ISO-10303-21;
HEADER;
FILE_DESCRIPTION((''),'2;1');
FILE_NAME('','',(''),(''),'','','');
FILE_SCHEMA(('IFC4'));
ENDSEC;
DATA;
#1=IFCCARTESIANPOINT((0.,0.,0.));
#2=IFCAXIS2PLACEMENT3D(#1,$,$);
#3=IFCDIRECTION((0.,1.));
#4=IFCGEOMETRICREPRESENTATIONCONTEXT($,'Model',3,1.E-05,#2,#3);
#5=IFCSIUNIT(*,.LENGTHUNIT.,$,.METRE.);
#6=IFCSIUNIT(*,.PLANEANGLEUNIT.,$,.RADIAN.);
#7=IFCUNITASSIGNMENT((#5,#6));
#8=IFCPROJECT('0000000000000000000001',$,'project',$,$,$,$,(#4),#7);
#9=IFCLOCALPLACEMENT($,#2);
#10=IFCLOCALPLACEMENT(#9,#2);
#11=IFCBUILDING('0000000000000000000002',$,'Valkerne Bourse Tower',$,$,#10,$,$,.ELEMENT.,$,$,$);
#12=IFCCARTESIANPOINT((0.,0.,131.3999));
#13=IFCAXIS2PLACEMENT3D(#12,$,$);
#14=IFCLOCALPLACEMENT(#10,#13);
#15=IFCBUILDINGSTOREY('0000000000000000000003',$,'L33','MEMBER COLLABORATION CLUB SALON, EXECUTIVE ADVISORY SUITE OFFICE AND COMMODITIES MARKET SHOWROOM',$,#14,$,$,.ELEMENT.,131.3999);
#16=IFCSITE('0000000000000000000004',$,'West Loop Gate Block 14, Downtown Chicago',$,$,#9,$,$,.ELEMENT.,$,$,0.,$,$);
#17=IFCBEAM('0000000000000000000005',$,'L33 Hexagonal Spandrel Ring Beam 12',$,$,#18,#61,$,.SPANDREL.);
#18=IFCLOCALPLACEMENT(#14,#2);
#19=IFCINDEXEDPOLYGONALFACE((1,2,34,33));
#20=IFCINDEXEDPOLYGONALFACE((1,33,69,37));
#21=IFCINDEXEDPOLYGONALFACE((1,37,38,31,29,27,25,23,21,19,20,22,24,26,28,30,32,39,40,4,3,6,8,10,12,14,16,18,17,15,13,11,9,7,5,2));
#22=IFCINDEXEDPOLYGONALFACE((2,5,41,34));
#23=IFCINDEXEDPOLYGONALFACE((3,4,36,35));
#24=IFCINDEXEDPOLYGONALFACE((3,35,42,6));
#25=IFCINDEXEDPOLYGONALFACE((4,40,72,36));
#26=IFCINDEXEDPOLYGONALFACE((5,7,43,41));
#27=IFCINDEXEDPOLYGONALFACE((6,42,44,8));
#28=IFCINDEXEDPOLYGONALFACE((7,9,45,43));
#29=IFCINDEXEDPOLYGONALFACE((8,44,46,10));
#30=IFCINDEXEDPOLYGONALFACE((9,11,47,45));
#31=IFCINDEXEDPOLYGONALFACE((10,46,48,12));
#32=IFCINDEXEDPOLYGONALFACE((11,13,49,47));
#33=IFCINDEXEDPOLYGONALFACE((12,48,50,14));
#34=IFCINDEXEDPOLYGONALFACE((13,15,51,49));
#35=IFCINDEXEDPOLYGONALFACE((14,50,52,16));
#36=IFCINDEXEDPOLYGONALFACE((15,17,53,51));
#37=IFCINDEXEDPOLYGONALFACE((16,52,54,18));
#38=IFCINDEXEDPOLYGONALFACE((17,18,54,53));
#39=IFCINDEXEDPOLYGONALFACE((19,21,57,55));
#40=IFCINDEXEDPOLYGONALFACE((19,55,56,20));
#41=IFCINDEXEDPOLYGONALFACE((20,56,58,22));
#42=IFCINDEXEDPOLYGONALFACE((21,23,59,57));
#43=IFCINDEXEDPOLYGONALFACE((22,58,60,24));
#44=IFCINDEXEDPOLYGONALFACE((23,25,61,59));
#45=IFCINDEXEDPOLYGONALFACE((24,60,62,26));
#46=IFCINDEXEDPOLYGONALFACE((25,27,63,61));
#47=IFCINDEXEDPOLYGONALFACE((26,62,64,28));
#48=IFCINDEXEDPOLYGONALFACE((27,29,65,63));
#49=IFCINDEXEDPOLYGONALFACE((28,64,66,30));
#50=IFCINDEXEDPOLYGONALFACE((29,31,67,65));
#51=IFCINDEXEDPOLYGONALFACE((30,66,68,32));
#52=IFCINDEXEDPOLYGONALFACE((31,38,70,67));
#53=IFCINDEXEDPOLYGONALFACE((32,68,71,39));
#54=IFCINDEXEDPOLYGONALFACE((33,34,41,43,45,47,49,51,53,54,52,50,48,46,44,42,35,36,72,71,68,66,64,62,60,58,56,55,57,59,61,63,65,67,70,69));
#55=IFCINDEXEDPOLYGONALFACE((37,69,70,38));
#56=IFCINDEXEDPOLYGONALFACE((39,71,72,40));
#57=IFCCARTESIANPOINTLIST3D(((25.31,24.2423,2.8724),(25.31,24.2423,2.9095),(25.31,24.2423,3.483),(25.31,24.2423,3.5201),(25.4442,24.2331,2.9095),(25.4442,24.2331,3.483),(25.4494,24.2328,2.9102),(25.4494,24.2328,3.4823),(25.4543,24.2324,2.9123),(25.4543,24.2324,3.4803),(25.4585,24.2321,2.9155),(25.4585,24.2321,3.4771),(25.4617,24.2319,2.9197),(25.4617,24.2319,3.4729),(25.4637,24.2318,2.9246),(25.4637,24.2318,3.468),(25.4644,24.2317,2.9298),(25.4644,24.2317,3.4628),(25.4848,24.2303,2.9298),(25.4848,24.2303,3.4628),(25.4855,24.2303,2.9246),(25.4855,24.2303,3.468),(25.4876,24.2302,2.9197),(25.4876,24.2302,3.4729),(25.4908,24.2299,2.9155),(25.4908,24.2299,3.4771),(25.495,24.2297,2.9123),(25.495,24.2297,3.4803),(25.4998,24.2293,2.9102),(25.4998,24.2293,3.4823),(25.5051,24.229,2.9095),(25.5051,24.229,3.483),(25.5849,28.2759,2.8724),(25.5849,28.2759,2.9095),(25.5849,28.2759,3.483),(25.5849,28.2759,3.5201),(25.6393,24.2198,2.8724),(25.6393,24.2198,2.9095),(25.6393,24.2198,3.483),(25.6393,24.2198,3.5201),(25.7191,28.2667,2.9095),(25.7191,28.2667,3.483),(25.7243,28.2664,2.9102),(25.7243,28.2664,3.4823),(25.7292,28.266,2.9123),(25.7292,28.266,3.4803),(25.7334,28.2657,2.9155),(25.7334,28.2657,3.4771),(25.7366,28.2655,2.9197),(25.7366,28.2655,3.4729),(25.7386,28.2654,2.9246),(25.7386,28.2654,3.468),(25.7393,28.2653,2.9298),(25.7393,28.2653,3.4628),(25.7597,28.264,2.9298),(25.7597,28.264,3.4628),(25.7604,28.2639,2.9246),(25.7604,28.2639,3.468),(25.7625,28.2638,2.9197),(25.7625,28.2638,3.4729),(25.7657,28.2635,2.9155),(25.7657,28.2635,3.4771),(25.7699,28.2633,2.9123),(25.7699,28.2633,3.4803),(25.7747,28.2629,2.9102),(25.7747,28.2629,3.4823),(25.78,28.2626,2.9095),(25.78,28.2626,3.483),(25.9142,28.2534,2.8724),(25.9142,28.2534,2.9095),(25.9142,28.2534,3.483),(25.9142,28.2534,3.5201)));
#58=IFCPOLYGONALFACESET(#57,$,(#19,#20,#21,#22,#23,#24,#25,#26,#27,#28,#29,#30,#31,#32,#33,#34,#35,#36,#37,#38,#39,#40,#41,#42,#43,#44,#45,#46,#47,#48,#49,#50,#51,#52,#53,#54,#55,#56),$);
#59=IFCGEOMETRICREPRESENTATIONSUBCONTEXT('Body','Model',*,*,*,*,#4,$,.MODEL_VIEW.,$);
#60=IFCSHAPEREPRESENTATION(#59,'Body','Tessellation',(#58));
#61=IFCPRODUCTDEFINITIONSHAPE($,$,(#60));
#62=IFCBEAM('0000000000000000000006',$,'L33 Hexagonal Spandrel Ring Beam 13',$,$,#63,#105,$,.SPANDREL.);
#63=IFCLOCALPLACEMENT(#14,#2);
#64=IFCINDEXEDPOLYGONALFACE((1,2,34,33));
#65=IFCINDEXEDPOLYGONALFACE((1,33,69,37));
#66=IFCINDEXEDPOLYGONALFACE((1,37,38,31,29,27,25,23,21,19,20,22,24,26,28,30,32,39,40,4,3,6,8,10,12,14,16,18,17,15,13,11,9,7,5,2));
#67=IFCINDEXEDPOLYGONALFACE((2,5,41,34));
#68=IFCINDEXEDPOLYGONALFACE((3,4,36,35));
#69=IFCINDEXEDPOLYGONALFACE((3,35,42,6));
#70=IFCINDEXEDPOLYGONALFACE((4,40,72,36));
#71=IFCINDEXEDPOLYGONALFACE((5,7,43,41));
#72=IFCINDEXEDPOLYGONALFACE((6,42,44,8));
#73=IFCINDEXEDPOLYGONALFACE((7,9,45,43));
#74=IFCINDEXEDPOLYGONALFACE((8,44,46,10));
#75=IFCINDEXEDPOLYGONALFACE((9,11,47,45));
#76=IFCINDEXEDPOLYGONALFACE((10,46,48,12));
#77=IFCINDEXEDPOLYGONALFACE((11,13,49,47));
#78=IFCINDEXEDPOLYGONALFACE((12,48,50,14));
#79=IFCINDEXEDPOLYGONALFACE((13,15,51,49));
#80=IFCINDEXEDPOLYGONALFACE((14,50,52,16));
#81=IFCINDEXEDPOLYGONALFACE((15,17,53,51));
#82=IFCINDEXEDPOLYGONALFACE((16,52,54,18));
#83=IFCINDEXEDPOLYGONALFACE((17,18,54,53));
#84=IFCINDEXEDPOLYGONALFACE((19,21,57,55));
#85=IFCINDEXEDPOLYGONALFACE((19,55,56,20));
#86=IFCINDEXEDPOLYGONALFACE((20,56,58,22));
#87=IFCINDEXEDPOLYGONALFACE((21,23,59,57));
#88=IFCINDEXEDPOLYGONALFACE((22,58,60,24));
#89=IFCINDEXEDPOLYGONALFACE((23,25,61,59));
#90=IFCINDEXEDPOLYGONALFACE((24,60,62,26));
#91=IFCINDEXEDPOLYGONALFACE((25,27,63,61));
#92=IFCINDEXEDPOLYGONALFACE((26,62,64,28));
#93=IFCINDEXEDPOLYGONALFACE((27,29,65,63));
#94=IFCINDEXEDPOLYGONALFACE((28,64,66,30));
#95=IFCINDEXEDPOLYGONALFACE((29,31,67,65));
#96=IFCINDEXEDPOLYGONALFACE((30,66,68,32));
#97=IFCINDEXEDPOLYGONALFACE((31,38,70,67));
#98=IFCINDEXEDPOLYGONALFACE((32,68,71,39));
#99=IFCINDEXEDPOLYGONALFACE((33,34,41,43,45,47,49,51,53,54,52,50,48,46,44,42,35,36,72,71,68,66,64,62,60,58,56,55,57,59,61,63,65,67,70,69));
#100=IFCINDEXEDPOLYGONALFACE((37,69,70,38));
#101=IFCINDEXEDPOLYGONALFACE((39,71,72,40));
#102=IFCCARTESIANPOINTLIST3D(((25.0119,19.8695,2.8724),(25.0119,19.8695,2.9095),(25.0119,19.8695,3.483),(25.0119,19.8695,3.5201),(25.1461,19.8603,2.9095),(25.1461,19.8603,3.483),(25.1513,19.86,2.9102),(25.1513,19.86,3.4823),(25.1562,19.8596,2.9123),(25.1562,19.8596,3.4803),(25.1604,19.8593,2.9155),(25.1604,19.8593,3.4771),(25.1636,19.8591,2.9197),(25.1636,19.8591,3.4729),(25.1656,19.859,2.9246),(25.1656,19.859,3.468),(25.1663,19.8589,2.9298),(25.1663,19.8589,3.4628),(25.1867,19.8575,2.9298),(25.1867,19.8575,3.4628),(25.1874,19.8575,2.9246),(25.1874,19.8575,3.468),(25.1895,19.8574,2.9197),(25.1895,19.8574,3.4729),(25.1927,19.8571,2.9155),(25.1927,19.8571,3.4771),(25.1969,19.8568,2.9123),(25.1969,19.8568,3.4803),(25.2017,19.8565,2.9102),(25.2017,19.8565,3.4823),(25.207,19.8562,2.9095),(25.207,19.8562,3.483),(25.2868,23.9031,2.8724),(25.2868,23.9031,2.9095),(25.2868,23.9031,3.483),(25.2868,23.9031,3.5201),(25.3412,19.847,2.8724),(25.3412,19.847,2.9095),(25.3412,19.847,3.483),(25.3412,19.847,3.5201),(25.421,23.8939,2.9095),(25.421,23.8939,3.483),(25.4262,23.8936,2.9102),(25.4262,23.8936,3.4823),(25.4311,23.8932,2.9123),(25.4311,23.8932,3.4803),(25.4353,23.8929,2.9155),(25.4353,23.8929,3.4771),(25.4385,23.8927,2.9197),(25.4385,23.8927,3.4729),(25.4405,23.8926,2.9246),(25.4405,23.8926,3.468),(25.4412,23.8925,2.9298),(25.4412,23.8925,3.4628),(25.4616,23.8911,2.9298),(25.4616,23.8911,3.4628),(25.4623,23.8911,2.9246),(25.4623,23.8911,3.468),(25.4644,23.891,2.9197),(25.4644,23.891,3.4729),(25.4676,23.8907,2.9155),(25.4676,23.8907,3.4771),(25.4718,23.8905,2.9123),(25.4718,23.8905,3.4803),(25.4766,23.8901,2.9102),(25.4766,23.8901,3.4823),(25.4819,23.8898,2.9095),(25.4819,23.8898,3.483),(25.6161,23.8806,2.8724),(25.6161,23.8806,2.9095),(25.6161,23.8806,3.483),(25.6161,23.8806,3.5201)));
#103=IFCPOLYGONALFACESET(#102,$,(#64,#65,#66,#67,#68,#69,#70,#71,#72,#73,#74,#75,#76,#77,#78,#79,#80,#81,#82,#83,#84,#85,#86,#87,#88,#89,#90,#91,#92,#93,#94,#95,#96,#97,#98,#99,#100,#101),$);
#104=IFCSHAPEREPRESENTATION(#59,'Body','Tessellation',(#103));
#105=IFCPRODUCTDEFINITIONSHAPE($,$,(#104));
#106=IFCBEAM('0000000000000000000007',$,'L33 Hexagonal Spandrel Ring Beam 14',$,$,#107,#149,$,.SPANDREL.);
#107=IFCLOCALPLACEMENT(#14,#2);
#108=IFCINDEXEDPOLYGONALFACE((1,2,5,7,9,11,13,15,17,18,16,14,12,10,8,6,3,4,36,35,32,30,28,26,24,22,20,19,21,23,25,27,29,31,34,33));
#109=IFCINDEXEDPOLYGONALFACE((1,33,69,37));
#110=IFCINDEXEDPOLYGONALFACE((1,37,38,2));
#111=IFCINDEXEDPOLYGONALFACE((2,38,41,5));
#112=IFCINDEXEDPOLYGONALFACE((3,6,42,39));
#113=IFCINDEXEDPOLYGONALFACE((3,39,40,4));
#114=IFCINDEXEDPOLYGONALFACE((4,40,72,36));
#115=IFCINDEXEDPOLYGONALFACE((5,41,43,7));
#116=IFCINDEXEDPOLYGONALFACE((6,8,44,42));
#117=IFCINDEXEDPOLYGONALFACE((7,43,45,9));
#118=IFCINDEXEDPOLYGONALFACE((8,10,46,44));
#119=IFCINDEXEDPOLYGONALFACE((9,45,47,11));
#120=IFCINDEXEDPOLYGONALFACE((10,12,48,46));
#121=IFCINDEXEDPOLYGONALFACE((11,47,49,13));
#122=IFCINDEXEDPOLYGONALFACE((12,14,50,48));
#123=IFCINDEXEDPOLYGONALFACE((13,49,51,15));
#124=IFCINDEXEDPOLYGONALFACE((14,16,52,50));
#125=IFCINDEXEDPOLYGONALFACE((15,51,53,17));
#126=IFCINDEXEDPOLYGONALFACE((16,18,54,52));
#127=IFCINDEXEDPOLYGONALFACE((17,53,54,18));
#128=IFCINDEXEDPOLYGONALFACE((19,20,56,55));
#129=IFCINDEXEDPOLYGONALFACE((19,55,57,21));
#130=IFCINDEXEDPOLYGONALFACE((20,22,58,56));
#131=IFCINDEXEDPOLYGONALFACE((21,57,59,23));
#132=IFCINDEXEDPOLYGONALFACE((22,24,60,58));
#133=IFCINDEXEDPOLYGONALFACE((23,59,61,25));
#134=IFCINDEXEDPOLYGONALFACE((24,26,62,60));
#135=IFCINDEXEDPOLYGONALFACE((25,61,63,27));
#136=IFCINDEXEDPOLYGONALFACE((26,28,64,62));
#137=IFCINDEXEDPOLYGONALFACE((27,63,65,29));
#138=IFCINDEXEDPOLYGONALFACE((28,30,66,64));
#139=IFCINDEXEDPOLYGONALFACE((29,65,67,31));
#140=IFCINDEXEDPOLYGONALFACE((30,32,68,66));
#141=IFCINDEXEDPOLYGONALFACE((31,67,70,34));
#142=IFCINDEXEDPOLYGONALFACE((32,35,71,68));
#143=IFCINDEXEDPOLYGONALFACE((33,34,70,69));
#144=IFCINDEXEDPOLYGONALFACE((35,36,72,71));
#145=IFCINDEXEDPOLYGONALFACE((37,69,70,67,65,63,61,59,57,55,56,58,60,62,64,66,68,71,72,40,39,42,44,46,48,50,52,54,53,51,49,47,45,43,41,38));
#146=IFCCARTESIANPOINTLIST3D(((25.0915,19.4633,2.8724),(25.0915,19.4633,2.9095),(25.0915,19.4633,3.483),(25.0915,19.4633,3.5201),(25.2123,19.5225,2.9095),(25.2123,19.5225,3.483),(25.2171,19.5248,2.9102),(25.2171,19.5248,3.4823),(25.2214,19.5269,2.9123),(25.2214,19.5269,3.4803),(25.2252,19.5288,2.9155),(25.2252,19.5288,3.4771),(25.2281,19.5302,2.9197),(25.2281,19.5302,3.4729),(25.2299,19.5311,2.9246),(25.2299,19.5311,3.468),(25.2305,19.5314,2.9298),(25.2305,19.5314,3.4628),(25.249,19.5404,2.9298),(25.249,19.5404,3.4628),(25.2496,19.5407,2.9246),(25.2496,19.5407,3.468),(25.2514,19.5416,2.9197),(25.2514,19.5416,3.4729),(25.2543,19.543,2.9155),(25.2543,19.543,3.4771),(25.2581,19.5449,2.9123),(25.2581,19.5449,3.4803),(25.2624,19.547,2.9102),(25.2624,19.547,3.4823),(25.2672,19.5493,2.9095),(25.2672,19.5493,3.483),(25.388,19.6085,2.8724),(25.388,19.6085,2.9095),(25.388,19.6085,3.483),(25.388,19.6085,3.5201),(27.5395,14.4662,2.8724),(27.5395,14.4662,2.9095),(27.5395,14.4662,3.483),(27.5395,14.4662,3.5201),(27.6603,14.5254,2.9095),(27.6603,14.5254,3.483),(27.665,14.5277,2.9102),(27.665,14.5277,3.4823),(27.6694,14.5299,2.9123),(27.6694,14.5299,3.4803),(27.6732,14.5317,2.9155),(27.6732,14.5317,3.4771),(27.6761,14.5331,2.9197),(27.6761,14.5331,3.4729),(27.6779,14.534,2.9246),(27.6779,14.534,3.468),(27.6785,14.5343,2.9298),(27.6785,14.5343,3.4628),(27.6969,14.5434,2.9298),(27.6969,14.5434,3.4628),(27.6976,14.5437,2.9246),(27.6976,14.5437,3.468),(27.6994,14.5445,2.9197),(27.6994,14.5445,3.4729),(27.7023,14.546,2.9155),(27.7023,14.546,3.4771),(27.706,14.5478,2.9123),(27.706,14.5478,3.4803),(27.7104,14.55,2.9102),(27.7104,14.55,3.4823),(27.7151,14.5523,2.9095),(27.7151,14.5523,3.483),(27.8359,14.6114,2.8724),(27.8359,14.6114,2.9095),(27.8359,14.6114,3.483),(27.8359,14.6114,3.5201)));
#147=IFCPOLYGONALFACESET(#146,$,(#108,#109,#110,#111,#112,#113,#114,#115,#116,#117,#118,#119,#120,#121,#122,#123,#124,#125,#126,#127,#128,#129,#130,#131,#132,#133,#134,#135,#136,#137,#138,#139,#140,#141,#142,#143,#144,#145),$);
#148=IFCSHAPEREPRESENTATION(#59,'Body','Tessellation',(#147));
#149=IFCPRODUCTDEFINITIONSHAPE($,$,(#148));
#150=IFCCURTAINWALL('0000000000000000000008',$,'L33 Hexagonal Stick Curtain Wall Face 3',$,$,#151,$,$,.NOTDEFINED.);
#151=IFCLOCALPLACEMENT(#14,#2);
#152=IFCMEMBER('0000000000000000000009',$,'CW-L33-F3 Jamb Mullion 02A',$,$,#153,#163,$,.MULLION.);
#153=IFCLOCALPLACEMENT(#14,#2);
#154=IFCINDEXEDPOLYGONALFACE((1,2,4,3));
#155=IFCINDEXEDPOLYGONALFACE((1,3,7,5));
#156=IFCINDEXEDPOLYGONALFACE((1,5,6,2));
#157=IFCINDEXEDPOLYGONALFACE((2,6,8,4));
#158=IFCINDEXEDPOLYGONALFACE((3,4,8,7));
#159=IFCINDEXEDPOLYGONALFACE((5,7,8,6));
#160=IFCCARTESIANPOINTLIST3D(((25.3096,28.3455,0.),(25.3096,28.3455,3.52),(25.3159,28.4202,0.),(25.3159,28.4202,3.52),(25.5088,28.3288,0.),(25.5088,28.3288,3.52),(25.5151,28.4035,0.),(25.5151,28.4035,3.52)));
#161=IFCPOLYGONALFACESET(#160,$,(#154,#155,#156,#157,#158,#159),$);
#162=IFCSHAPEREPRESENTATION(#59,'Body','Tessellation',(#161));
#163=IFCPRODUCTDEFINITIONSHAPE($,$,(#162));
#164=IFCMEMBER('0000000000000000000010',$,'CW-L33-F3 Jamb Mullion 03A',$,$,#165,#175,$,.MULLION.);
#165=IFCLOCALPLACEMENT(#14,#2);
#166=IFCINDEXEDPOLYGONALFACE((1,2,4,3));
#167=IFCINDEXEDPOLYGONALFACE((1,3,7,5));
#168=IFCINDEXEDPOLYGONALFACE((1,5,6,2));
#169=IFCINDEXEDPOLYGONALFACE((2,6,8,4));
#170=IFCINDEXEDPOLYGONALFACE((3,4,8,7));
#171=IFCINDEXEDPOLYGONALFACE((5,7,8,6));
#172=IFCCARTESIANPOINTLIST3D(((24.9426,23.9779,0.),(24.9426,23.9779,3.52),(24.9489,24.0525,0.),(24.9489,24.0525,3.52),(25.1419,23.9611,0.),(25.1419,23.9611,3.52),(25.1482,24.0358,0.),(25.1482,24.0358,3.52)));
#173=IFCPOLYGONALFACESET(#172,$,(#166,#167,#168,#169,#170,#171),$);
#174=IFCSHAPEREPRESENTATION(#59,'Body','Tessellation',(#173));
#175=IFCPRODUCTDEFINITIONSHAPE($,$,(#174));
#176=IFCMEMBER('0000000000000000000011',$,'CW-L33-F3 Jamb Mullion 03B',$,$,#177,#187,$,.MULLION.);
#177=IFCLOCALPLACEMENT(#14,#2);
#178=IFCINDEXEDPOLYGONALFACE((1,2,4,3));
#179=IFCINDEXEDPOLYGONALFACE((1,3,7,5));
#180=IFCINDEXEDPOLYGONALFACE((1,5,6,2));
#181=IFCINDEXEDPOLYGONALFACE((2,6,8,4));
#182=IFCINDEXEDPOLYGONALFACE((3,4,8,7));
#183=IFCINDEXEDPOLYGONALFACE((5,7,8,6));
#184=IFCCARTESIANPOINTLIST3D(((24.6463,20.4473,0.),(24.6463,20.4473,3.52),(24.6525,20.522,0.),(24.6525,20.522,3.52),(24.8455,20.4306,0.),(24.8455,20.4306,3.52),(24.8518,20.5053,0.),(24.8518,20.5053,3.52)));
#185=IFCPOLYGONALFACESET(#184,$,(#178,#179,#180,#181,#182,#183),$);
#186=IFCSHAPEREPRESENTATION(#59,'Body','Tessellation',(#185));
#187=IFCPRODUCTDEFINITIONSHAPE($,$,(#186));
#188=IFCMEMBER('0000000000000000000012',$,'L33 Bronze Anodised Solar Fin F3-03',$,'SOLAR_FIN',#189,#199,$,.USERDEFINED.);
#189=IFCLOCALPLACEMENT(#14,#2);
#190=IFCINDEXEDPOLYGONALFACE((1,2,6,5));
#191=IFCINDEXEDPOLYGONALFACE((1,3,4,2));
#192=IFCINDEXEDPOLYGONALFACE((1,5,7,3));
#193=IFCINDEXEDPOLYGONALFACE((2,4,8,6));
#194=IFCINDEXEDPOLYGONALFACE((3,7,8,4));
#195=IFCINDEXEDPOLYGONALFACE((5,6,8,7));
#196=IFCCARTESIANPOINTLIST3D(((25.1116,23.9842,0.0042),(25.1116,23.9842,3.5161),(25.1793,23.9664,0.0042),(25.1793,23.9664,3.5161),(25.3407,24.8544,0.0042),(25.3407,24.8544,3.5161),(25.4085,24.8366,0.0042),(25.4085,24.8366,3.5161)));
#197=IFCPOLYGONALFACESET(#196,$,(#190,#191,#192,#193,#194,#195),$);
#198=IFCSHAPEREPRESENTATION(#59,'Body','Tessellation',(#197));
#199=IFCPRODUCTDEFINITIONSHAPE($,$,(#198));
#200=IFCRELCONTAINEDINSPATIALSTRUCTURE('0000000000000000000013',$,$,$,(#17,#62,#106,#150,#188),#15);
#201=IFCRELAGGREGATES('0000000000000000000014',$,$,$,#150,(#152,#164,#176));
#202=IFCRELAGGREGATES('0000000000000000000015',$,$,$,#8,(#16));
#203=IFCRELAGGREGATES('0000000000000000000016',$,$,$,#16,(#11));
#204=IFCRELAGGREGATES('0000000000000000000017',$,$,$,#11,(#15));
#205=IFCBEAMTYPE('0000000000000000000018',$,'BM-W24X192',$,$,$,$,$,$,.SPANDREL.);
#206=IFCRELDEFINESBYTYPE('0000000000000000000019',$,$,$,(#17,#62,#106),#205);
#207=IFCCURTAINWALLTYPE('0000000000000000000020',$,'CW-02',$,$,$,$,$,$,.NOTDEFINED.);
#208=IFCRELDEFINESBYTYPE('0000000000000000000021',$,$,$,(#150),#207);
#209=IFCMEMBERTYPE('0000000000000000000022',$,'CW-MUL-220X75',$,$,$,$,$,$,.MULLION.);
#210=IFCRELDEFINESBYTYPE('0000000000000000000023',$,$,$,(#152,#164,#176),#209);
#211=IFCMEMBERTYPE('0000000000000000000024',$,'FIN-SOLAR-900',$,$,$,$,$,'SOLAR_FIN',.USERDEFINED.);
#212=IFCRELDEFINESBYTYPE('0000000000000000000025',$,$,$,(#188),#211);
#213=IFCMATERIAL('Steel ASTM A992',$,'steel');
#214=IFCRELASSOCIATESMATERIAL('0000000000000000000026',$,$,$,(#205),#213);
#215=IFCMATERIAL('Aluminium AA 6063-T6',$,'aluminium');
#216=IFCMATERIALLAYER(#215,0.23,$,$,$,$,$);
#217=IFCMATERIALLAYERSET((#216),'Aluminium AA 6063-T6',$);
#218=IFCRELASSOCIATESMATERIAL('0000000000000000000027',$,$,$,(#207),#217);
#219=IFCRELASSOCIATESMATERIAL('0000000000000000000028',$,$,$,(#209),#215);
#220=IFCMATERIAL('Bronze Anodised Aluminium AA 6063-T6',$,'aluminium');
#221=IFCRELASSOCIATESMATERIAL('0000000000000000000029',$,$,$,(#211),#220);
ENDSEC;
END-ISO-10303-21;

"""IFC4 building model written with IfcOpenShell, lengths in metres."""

from ifc_helpers import new_model, si_unit, direction, frame, origin, origin_2d, place, context, subcontext, project, spatial, rectangle, i_section, extrude, material, layer, layer_set, material_profile, profile_set, type_object, element, aggregate, save


model = new_model("IFC4")

# Units and contexts
model_context = context("Model", 3, precision=1e-05, world=origin(), true_north=direction((0.0, 1.0)))
body_context = subcontext(model_context, "Body", "Model", "MODEL_VIEW")
ifc_project = project(units=[si_unit("LENGTHUNIT", "METRE"), si_unit("PLANEANGLEUNIT", "RADIAN")], contexts=[model_context])

# Site, building, storey
site_placement = place(None, origin())
site = spatial("IfcSite", under=ifc_project, at=site_placement, Name="West Loop Gate Block 14, Downtown Chicago", CompositionType="ELEMENT", RefElevation=0.0)
building_placement = place(site_placement, origin())
building = spatial("IfcBuilding", under=site, at=building_placement, Name="Valkerne Bourse Tower", CompositionType="ELEMENT")
storey_placement = place(building_placement, frame((0.0, 0.0, 131.3999)))
storey = spatial("IfcBuildingStorey", under=building, at=storey_placement, Name="L33", Description="MEMBER COLLABORATION CLUB SALON, EXECUTIVE ADVISORY SUITE OFFICE AND COMMODITIES MARKET SHOWROOM", CompositionType="ELEMENT", Elevation=131.3999)

# Beams
ifc_material_1 = material(Name="Steel ASTM A992", Category="steel")
ifc_material_profile_1 = material_profile(ifc_material_1, i_section(OverallWidth=0.3301, OverallDepth=0.6477, WebThickness=0.0205, FlangeThickness=0.0371, FilletRadius=0.0203, at=origin_2d()), Name="W24X192")
ifc_profile_set_1 = profile_set([ifc_material_profile_1], Name="Steel ASTM A992")
beam_type_1 = type_object("IfcBeamType", Name="BM-W24X192", PredefinedType="SPANDREL", material=ifc_profile_set_1)
for number, where, z_axis, x_axis, name in (
    (1, (25.7495, 28.2646, 3.1963), (-0.067994, -0.997686, 0.0), (0.997686, -0.067994, 0.0), "L33 Hexagonal Spandrel Ring Beam 12"),
    (2, (25.4514, 23.8918, 3.1963), (-0.067994, -0.997686, 0.0), (0.997686, -0.067994, 0.0), "L33 Hexagonal Spandrel Ring Beam 13"),
):
    element("IfcBeam", number, at=place(storey_placement, frame(where, z_axis=z_axis, x_axis=x_axis)), inside=storey, type_object=beam_type_1, Name=name, PredefinedType="SPANDREL", context=body_context, shape_type="SweptSolid", body=[
        extrude(i_section(OverallWidth=0.3301, OverallDepth=0.6477, WebThickness=0.0205, FlangeThickness=0.0371, FilletRadius=0.0203, at=origin_2d()), origin(), (0.0, 0.0, 1.0), 4.043),
    ])
beam_1_placement = place(storey_placement, frame((25.2397, 19.5359, 3.1963), z_axis=(0.439933, -0.898031, 0.0), x_axis=(0.898031, 0.439933, 0.0)))
element("IfcBeam", 3, at=beam_1_placement, inside=storey, type_object=beam_type_1, Name="L33 Hexagonal Spandrel Ring Beam 14", PredefinedType="SPANDREL", context=body_context, shape_type="SweptSolid", body=[
    extrude(i_section(OverallWidth=0.3301, OverallDepth=0.6477, WebThickness=0.0205, FlangeThickness=0.0371, FilletRadius=0.0203, at=origin_2d()), origin(), (0.0, 0.0, 1.0), 5.5645),
])

# Curtain wall, members
ifc_material_2 = material(Name="Aluminium AA 6063-T6", Category="aluminium")
ifc_layer_1 = layer(ifc_material_2, 0.23)
ifc_layer_set_1 = layer_set([ifc_layer_1], Name="Aluminium AA 6063-T6")
curtain_wall_type = type_object("IfcCurtainWallType", Name="CW-02", PredefinedType="NOTDEFINED", material=ifc_layer_set_1)
curtain_wall_placement = place(storey_placement, origin())
curtain_wall = element("IfcCurtainWall", 4, at=curtain_wall_placement, inside=storey, type_object=curtain_wall_type, Name="L33 Hexagonal Stick Curtain Wall Face 3", PredefinedType="NOTDEFINED")
ifc_material_profile_2 = material_profile(ifc_material_2, rectangle(XDim=0.075, YDim=0.2, at=origin_2d()), Name="CWM-75X200")
ifc_profile_set_2 = profile_set([ifc_material_profile_2], Name="Aluminium AA 6063-T6")
member_type_1 = type_object("IfcMemberType", Name="CW-MUL-220X75", PredefinedType="MULLION", material=ifc_profile_set_2)
member_1_placement = place(storey_placement, frame((25.4124, 28.3745, 0.0), z_axis=(0.0, 0.0, 1.0), x_axis=(-0.083663, -0.996494, 0.0)))
member_1 = element("IfcMember", 5, at=member_1_placement, type_object=member_type_1, Name="CW-L33-F3 Jamb Mullion 02A", PredefinedType="MULLION", context=body_context, shape_type="SweptSolid", body=[
    extrude(rectangle(XDim=0.075, YDim=0.2, at=origin_2d()), origin(), (0.0, 0.0, 1.0), 3.52),
])
member_2_placement = place(storey_placement, frame((25.0454, 24.0068, 0.0), z_axis=(0.0, 0.0, 1.0), x_axis=(-0.083687, -0.996492, 0.0)))
member_2 = element("IfcMember", 6, at=member_2_placement, type_object=member_type_1, Name="CW-L33-F3 Jamb Mullion 03A", PredefinedType="MULLION", context=body_context, shape_type="SweptSolid", body=[
    extrude(rectangle(XDim=0.075, YDim=0.2, at=origin_2d()), origin(), (0.0, 0.0, 1.0), 3.52),
])
member_3_placement = place(storey_placement, frame((24.749, 20.4763, 0.0), z_axis=(0.0, 0.0, 1.0), x_axis=(-0.083687, -0.996492, 0.0)))
member_3 = element("IfcMember", 7, at=member_3_placement, type_object=member_type_1, Name="CW-L33-F3 Jamb Mullion 03B", PredefinedType="MULLION", context=body_context, shape_type="SweptSolid", body=[
    extrude(rectangle(XDim=0.075, YDim=0.2, at=origin_2d()), origin(), (0.0, 0.0, 1.0), 3.52),
])

# Member
ifc_material_3 = material(Name="Bronze Anodised Aluminium AA 6063-T6", Category="aluminium")
ifc_material_profile_3 = material_profile(ifc_material_3, rectangle(XDim=0.0701, YDim=0.8999, at=origin_2d()), Name="FIN-70X900")
ifc_profile_set_3 = profile_set([ifc_material_profile_3], Name="Bronze Anodised Aluminium AA 6063-T6")
member_type_2 = type_object("IfcMemberType", Name="FIN-SOLAR-900", ElementType="SOLAR_FIN", PredefinedType="USERDEFINED", material=ifc_profile_set_3)
member_4_placement = place(storey_placement, frame((25.26, 24.4104, 0.0042), z_axis=(0.0, 0.0, 1.0), x_axis=(-0.967038, 0.254633, 0.0)))
element("IfcMember", 8, at=member_4_placement, inside=storey, type_object=member_type_2, Name="L33 Bronze Anodised Solar Fin F3-03", ObjectType="SOLAR_FIN", PredefinedType="USERDEFINED", context=body_context, shape_type="SweptSolid", body=[
    extrude(rectangle(XDim=0.0701, YDim=0.8999, at=origin_2d()), origin(), (0.0, 0.0, 1.0), 3.512),
])

aggregate(curtain_wall, [member_1, member_2, member_3])

save(model, "model.ifc")
